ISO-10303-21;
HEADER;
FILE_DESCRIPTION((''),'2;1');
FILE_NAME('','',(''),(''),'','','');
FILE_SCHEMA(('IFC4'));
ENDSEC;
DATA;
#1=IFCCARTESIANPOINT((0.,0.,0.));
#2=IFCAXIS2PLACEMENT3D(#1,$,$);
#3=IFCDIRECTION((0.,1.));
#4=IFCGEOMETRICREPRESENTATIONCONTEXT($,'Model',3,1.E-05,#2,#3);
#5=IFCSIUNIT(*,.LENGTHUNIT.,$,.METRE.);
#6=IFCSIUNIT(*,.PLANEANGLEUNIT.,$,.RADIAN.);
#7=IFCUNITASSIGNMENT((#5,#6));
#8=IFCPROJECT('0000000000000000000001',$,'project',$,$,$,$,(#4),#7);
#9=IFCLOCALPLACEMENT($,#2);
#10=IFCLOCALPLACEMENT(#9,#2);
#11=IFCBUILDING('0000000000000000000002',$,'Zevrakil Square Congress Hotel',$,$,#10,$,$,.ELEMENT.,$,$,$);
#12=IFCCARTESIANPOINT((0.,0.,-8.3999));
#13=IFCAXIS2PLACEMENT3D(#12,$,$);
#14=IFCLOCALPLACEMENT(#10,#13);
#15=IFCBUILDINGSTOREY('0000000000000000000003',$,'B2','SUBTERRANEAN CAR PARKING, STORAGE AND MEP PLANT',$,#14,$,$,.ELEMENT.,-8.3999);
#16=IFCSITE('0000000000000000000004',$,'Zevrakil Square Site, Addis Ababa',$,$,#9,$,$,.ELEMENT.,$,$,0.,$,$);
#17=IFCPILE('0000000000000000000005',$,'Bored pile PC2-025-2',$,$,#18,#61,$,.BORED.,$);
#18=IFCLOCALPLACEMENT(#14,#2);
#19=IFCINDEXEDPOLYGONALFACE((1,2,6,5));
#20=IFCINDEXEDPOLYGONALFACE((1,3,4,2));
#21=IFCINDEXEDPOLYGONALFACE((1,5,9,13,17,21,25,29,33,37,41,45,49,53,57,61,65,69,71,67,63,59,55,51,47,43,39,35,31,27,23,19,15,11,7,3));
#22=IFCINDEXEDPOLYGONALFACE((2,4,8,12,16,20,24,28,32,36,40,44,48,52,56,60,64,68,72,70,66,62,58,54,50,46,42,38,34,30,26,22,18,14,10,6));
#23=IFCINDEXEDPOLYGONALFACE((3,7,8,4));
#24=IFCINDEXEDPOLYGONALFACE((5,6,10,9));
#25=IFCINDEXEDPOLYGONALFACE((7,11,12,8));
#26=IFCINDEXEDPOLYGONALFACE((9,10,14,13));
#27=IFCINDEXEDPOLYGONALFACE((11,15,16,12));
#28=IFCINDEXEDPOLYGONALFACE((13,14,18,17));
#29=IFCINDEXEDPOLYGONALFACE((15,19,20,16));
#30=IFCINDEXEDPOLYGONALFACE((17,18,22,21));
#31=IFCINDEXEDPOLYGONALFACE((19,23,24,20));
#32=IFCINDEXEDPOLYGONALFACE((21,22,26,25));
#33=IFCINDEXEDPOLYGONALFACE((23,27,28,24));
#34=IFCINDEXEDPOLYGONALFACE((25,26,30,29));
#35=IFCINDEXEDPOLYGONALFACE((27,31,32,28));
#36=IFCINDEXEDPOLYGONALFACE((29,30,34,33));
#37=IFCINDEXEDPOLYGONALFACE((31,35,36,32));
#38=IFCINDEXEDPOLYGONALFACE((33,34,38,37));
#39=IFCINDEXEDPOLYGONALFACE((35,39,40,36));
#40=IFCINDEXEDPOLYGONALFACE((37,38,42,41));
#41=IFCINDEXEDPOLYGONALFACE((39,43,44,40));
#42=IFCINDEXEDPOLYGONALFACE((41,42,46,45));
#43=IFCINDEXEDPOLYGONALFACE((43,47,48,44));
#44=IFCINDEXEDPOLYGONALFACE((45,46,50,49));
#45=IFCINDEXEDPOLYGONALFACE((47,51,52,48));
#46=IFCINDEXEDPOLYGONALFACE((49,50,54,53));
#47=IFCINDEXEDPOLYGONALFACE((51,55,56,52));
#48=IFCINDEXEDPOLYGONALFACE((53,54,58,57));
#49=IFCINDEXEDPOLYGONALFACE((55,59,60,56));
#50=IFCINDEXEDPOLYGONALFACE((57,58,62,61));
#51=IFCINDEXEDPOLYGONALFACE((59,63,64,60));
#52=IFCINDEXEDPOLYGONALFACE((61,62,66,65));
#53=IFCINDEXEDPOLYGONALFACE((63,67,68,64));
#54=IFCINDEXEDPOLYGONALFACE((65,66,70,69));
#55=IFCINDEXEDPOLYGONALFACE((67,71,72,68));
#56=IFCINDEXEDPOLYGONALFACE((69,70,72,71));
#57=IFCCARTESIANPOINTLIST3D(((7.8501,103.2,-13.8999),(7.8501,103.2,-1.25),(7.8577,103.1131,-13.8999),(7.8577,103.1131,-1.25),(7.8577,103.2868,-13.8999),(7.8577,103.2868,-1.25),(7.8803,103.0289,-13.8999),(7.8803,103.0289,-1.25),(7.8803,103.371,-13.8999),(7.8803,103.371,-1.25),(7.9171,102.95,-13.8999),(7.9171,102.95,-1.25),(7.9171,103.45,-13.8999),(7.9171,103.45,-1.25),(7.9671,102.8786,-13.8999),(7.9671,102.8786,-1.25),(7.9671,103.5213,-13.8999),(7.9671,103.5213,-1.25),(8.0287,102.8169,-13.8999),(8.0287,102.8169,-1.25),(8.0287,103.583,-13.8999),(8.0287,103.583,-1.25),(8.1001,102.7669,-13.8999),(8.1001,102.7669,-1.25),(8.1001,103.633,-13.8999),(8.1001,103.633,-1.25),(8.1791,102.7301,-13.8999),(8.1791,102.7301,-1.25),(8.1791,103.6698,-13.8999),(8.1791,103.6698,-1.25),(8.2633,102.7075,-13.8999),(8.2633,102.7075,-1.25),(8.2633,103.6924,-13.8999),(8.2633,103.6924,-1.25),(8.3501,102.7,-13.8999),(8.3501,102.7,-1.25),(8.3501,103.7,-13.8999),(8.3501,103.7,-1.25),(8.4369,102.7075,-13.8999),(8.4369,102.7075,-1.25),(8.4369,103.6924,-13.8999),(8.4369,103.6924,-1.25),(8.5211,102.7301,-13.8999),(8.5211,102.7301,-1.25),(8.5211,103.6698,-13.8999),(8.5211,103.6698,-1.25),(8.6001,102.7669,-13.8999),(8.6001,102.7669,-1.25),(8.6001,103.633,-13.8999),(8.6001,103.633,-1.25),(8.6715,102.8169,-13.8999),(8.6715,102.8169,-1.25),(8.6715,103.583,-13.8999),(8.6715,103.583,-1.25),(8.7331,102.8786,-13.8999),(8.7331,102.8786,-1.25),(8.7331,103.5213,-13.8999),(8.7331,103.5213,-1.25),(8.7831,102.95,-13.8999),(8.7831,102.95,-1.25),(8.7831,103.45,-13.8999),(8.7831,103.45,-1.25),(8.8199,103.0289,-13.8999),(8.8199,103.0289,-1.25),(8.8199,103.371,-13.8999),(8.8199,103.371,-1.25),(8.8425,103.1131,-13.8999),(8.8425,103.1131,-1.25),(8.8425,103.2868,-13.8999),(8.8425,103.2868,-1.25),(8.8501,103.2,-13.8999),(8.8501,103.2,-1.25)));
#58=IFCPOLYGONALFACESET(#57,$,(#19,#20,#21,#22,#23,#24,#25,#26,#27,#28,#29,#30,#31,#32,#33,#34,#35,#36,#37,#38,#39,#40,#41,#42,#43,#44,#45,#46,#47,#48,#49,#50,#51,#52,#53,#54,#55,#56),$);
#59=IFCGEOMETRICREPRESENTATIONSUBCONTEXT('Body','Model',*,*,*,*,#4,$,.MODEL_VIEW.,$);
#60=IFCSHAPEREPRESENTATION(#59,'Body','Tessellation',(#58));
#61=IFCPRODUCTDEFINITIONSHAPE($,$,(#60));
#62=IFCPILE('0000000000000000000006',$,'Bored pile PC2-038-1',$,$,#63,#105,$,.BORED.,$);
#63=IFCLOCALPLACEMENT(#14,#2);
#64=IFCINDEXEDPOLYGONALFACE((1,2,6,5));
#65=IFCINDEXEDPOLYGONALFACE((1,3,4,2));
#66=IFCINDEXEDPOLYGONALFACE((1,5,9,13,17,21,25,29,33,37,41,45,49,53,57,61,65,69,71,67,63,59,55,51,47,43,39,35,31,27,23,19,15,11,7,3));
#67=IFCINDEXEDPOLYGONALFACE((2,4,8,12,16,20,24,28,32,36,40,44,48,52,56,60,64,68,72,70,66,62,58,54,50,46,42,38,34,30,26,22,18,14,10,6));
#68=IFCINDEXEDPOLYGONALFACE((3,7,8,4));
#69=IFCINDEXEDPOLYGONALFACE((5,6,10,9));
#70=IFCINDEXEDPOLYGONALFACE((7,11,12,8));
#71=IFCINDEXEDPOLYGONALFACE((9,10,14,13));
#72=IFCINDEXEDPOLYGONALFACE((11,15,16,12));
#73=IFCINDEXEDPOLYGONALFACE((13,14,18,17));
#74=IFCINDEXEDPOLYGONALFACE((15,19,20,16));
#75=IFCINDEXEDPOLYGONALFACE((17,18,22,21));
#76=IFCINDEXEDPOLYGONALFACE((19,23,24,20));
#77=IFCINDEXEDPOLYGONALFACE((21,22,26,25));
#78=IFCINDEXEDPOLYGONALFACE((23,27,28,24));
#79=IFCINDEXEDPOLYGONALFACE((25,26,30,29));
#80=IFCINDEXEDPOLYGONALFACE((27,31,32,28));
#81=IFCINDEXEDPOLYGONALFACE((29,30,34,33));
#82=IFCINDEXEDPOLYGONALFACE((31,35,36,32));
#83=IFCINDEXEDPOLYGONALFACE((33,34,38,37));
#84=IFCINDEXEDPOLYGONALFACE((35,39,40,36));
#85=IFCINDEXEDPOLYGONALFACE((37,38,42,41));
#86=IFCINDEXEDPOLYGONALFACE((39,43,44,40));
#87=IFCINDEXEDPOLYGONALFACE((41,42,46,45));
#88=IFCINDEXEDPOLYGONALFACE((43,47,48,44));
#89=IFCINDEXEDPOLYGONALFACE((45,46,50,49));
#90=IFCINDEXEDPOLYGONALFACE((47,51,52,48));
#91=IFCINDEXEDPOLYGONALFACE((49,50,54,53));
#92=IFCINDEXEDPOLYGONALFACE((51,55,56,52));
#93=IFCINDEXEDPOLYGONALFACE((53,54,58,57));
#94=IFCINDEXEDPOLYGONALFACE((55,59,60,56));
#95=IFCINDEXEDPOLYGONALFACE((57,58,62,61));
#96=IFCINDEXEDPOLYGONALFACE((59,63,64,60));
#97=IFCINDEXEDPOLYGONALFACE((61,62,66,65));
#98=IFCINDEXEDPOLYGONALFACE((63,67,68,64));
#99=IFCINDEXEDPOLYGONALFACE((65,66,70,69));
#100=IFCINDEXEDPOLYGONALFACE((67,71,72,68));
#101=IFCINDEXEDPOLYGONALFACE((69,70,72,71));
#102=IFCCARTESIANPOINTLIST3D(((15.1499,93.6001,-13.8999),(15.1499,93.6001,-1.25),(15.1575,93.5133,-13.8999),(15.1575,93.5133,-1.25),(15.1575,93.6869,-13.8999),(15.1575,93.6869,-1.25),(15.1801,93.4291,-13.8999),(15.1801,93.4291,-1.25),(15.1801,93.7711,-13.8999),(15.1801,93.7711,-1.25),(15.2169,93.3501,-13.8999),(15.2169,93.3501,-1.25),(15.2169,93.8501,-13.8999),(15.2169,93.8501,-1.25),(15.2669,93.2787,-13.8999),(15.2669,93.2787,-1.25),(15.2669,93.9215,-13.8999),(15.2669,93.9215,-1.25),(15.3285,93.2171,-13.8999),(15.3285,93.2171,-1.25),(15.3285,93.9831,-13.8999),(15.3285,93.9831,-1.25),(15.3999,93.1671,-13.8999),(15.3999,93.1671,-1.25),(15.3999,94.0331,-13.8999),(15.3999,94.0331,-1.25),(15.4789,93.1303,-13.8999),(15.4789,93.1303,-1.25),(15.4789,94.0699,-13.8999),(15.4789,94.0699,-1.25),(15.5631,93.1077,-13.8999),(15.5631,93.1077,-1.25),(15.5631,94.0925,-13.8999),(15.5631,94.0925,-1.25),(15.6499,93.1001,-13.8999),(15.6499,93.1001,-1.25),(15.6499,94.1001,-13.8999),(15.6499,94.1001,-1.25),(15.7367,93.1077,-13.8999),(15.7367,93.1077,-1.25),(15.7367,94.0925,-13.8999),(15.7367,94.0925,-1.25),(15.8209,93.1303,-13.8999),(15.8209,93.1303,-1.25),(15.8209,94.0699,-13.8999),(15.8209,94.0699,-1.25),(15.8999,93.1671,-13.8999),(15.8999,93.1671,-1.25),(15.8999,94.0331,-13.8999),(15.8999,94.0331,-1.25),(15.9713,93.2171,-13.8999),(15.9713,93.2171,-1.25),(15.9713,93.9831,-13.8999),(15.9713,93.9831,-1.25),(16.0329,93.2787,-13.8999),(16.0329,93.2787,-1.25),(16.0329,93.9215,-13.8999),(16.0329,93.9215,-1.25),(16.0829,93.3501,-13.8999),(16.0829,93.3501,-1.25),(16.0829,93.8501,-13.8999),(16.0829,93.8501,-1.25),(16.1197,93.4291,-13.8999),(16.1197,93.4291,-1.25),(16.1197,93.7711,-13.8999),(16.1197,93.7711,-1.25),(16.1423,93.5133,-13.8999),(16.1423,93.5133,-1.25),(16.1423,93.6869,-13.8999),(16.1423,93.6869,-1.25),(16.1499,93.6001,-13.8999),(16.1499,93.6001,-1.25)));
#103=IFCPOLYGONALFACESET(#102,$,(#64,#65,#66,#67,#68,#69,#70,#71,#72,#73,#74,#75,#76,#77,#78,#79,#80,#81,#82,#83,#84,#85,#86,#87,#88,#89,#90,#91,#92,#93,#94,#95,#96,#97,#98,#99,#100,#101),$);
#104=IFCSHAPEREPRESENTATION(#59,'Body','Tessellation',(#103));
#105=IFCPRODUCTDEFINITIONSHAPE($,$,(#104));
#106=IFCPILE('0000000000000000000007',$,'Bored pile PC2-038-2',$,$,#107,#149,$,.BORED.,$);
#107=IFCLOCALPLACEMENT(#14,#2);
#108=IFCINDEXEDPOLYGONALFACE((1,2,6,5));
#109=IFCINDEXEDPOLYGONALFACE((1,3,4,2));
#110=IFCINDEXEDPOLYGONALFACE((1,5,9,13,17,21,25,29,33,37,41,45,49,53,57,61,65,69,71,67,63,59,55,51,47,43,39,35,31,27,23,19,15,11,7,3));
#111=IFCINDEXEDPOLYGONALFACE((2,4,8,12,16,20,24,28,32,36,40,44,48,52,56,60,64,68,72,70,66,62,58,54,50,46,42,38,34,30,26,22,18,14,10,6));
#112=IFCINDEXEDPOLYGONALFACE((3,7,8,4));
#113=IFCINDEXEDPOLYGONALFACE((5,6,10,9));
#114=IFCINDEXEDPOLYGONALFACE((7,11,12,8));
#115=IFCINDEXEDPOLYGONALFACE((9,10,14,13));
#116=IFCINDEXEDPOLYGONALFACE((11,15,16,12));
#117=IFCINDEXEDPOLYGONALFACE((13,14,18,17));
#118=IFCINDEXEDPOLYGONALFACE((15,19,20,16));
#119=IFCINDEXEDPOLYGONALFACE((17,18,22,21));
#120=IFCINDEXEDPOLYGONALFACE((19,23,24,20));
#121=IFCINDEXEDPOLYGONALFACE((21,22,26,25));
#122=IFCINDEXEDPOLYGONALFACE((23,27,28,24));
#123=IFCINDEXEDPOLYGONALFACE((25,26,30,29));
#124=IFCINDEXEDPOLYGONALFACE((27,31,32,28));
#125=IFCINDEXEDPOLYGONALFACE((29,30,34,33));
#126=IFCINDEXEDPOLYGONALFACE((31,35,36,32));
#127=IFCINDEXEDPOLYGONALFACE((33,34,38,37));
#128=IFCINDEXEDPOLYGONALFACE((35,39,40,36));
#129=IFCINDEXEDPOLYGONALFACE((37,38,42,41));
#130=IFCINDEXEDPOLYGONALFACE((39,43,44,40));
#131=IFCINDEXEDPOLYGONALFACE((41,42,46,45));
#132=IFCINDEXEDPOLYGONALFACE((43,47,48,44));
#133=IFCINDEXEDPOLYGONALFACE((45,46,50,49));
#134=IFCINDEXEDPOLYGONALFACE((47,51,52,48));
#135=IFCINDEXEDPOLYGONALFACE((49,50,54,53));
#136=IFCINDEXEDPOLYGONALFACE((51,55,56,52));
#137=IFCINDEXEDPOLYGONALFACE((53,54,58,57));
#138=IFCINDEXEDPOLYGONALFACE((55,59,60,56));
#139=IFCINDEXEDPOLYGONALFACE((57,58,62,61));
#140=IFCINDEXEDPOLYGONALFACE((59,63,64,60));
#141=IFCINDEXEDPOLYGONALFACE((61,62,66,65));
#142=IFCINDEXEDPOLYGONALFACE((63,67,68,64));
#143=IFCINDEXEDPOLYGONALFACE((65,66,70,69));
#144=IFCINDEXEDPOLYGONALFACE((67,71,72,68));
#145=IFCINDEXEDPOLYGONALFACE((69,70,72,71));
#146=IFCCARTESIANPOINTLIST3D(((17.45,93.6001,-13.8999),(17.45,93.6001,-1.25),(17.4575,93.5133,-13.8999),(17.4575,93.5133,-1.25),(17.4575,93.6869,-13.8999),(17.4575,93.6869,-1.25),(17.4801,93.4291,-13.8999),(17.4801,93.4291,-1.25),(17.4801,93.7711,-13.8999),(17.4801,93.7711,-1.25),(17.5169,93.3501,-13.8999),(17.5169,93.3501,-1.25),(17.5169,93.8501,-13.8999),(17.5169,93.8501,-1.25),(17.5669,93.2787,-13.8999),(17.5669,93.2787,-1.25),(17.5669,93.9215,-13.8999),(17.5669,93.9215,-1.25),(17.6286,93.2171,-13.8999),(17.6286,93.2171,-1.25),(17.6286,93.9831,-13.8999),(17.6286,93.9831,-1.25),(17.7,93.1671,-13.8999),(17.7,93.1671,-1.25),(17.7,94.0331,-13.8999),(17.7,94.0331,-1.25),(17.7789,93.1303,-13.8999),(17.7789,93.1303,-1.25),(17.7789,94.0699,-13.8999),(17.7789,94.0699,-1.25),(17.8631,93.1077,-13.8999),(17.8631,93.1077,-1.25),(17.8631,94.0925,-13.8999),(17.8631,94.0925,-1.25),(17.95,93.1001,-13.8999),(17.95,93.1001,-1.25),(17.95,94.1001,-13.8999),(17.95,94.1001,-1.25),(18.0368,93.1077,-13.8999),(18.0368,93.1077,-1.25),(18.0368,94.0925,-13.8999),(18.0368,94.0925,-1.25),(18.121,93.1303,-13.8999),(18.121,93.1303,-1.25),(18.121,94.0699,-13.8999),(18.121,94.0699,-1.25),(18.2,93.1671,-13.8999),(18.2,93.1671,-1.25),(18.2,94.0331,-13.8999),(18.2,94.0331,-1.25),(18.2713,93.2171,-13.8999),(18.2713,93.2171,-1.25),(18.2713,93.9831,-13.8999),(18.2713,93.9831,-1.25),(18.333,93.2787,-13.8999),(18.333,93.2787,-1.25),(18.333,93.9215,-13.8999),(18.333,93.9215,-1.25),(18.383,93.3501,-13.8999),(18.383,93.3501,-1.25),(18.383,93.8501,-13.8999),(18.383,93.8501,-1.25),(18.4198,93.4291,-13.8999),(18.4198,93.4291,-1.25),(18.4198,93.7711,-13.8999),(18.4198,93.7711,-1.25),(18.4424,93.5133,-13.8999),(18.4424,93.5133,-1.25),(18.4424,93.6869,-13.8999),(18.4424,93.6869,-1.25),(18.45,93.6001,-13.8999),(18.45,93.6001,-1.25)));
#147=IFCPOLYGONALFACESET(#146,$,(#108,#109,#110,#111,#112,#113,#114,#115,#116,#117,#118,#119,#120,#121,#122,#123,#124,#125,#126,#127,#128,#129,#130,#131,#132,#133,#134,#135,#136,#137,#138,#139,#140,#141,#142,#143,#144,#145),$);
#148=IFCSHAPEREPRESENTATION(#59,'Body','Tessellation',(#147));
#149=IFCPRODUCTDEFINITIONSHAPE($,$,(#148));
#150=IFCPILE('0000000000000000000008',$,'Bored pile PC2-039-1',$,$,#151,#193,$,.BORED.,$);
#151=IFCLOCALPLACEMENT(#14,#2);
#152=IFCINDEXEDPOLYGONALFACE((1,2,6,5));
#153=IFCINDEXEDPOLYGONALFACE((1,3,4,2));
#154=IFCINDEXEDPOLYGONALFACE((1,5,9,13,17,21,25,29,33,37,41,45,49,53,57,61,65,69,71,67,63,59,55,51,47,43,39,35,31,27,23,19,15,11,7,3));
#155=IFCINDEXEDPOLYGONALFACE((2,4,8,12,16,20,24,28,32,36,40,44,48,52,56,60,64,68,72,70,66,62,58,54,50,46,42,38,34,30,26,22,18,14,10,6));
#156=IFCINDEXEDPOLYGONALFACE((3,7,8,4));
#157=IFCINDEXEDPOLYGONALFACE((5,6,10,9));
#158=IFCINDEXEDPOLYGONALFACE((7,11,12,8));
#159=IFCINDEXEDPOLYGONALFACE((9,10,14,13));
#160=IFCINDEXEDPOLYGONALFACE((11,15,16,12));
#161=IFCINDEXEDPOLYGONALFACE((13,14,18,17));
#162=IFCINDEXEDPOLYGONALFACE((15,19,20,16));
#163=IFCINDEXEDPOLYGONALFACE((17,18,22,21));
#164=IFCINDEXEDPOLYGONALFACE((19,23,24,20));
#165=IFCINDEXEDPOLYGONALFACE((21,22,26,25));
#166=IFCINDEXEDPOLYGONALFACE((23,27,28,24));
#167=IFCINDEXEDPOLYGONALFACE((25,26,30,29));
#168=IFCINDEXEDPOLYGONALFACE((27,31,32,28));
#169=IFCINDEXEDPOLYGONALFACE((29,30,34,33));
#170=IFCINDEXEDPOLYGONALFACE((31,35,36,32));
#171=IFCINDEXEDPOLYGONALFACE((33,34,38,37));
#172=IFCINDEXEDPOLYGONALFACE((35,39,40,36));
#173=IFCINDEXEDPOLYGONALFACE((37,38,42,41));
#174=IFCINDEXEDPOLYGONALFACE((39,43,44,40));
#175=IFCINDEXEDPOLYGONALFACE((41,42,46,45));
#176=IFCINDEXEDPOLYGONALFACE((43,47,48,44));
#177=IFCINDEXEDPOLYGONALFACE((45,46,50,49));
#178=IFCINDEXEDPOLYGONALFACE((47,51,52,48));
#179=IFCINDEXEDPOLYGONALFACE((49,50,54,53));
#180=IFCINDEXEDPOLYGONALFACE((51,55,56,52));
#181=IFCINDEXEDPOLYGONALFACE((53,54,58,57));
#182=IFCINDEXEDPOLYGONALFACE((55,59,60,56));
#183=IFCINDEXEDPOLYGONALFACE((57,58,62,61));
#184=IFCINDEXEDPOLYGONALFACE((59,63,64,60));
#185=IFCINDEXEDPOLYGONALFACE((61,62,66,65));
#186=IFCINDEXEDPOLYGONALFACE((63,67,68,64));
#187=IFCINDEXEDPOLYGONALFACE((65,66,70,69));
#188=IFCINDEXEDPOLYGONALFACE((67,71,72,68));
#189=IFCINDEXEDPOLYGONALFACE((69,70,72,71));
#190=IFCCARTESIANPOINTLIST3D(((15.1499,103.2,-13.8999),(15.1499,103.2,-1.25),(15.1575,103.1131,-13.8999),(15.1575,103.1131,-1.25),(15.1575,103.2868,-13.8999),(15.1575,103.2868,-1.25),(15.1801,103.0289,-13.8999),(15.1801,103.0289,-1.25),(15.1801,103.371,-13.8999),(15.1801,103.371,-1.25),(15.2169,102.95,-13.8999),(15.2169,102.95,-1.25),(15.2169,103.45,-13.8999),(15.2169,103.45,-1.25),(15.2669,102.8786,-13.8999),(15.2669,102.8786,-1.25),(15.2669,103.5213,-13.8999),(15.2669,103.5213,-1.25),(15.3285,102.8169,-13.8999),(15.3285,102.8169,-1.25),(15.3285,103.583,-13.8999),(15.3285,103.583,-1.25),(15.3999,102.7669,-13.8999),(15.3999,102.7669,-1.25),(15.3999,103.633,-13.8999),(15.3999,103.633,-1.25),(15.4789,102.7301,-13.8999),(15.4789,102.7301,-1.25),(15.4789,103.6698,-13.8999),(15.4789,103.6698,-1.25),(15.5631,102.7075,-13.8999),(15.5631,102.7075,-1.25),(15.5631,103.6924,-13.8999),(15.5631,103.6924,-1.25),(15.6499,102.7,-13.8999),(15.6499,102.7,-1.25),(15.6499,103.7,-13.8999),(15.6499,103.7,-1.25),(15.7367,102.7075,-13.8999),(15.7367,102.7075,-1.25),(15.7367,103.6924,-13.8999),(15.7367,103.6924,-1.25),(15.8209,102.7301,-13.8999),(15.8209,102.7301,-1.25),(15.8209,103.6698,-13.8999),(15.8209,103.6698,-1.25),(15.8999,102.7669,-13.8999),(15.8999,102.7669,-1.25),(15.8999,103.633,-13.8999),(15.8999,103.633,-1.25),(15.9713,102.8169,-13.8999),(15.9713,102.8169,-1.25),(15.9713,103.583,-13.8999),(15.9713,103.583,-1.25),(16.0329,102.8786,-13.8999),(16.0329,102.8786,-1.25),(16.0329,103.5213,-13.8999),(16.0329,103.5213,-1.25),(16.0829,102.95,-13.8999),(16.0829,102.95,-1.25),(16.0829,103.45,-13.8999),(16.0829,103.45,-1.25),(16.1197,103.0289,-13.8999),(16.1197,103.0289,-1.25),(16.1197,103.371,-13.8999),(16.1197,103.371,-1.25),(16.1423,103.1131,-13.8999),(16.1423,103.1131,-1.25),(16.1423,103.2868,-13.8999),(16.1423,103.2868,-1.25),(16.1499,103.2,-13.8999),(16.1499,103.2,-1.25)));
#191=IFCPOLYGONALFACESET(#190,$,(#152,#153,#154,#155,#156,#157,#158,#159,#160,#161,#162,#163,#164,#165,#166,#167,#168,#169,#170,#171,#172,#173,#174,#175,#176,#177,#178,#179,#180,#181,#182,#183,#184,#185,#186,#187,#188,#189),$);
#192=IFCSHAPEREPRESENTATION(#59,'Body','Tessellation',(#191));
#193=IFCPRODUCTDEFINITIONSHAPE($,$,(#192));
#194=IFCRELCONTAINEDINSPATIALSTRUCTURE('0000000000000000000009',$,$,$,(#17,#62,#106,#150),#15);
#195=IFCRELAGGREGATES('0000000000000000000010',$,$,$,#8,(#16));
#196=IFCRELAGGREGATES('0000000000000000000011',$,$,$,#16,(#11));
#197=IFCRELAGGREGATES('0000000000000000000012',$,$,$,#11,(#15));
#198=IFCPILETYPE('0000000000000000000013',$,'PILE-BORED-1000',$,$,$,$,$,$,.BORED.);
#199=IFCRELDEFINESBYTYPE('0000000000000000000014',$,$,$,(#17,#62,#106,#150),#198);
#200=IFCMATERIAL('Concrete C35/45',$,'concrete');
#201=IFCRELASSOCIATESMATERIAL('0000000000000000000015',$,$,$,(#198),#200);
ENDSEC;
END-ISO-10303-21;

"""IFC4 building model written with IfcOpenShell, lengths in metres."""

from ifc_helpers import new_model, si_unit, direction, frame, origin, origin_2d, place, context, subcontext, project, spatial, circle, extrude, material, material_profile, profile_set, type_object, element, save


model = new_model("IFC4")

# Units and contexts
model_context = context("Model", 3, precision=1e-05, world=origin(), true_north=direction((0.0, 1.0)))
body_context = subcontext(model_context, "Body", "Model", "MODEL_VIEW")
ifc_project = project(units=[si_unit("LENGTHUNIT", "METRE"), si_unit("PLANEANGLEUNIT", "RADIAN")], contexts=[model_context])

# Site, building, storey
site_placement = place(None, origin())
site = spatial("IfcSite", under=ifc_project, at=site_placement, Name="Zevrakil Square Site, Addis Ababa", CompositionType="ELEMENT", RefElevation=0.0)
building_placement = place(site_placement, origin())
building = spatial("IfcBuilding", under=site, at=building_placement, Name="Zevrakil Square Congress Hotel", CompositionType="ELEMENT")
storey_placement = place(building_placement, frame((0.0, 0.0, -8.3999)))
storey = spatial("IfcBuildingStorey", under=building, at=storey_placement, Name="B2", Description="SUBTERRANEAN CAR PARKING, STORAGE AND MEP PLANT", CompositionType="ELEMENT", Elevation=-8.3999)

# Piles
ifc_material_1 = material(Name="Concrete C35/45", Category="concrete")
ifc_material_profile_1 = material_profile(ifc_material_1, circle(Radius=0.5, at=origin_2d()), Name="PILE D1000")
ifc_profile_set_1 = profile_set([ifc_material_profile_1], Name="Concrete C35/45")
pile_type = type_object("IfcPileType", Name="PILE-BORED-1000", PredefinedType="BORED", material=ifc_profile_set_1)
for number, where, z_axis, x_axis, name in (
    (1, (8.3501, 103.2, -1.25), (0.0, 0.0, -1.0), (1.0, 0.0, 0.0), "Bored pile PC2-025-2"),
    (2, (15.6499, 93.6001, -1.25), (0.0, 0.0, -1.0), (1.0, 0.0, 0.0), "Bored pile PC2-038-1"),
    (3, (17.95, 93.6001, -1.25), (0.0, 0.0, -1.0), (1.0, 0.0, 0.0), "Bored pile PC2-038-2"),
    (4, (15.6499, 103.2, -1.25), (0.0, 0.0, -1.0), (1.0, 0.0, 0.0), "Bored pile PC2-039-1"),
):
    element("IfcPile", number, at=place(storey_placement, frame(where, z_axis=z_axis, x_axis=x_axis)), inside=storey, type_object=pile_type, Name=name, PredefinedType="BORED", context=body_context, shape_type="SweptSolid", body=[
        extrude(circle(Radius=0.5, at=origin_2d()), origin(), (0.0, 0.0, 1.0), 12.6499),
    ])

save(model, "model.ifc")
